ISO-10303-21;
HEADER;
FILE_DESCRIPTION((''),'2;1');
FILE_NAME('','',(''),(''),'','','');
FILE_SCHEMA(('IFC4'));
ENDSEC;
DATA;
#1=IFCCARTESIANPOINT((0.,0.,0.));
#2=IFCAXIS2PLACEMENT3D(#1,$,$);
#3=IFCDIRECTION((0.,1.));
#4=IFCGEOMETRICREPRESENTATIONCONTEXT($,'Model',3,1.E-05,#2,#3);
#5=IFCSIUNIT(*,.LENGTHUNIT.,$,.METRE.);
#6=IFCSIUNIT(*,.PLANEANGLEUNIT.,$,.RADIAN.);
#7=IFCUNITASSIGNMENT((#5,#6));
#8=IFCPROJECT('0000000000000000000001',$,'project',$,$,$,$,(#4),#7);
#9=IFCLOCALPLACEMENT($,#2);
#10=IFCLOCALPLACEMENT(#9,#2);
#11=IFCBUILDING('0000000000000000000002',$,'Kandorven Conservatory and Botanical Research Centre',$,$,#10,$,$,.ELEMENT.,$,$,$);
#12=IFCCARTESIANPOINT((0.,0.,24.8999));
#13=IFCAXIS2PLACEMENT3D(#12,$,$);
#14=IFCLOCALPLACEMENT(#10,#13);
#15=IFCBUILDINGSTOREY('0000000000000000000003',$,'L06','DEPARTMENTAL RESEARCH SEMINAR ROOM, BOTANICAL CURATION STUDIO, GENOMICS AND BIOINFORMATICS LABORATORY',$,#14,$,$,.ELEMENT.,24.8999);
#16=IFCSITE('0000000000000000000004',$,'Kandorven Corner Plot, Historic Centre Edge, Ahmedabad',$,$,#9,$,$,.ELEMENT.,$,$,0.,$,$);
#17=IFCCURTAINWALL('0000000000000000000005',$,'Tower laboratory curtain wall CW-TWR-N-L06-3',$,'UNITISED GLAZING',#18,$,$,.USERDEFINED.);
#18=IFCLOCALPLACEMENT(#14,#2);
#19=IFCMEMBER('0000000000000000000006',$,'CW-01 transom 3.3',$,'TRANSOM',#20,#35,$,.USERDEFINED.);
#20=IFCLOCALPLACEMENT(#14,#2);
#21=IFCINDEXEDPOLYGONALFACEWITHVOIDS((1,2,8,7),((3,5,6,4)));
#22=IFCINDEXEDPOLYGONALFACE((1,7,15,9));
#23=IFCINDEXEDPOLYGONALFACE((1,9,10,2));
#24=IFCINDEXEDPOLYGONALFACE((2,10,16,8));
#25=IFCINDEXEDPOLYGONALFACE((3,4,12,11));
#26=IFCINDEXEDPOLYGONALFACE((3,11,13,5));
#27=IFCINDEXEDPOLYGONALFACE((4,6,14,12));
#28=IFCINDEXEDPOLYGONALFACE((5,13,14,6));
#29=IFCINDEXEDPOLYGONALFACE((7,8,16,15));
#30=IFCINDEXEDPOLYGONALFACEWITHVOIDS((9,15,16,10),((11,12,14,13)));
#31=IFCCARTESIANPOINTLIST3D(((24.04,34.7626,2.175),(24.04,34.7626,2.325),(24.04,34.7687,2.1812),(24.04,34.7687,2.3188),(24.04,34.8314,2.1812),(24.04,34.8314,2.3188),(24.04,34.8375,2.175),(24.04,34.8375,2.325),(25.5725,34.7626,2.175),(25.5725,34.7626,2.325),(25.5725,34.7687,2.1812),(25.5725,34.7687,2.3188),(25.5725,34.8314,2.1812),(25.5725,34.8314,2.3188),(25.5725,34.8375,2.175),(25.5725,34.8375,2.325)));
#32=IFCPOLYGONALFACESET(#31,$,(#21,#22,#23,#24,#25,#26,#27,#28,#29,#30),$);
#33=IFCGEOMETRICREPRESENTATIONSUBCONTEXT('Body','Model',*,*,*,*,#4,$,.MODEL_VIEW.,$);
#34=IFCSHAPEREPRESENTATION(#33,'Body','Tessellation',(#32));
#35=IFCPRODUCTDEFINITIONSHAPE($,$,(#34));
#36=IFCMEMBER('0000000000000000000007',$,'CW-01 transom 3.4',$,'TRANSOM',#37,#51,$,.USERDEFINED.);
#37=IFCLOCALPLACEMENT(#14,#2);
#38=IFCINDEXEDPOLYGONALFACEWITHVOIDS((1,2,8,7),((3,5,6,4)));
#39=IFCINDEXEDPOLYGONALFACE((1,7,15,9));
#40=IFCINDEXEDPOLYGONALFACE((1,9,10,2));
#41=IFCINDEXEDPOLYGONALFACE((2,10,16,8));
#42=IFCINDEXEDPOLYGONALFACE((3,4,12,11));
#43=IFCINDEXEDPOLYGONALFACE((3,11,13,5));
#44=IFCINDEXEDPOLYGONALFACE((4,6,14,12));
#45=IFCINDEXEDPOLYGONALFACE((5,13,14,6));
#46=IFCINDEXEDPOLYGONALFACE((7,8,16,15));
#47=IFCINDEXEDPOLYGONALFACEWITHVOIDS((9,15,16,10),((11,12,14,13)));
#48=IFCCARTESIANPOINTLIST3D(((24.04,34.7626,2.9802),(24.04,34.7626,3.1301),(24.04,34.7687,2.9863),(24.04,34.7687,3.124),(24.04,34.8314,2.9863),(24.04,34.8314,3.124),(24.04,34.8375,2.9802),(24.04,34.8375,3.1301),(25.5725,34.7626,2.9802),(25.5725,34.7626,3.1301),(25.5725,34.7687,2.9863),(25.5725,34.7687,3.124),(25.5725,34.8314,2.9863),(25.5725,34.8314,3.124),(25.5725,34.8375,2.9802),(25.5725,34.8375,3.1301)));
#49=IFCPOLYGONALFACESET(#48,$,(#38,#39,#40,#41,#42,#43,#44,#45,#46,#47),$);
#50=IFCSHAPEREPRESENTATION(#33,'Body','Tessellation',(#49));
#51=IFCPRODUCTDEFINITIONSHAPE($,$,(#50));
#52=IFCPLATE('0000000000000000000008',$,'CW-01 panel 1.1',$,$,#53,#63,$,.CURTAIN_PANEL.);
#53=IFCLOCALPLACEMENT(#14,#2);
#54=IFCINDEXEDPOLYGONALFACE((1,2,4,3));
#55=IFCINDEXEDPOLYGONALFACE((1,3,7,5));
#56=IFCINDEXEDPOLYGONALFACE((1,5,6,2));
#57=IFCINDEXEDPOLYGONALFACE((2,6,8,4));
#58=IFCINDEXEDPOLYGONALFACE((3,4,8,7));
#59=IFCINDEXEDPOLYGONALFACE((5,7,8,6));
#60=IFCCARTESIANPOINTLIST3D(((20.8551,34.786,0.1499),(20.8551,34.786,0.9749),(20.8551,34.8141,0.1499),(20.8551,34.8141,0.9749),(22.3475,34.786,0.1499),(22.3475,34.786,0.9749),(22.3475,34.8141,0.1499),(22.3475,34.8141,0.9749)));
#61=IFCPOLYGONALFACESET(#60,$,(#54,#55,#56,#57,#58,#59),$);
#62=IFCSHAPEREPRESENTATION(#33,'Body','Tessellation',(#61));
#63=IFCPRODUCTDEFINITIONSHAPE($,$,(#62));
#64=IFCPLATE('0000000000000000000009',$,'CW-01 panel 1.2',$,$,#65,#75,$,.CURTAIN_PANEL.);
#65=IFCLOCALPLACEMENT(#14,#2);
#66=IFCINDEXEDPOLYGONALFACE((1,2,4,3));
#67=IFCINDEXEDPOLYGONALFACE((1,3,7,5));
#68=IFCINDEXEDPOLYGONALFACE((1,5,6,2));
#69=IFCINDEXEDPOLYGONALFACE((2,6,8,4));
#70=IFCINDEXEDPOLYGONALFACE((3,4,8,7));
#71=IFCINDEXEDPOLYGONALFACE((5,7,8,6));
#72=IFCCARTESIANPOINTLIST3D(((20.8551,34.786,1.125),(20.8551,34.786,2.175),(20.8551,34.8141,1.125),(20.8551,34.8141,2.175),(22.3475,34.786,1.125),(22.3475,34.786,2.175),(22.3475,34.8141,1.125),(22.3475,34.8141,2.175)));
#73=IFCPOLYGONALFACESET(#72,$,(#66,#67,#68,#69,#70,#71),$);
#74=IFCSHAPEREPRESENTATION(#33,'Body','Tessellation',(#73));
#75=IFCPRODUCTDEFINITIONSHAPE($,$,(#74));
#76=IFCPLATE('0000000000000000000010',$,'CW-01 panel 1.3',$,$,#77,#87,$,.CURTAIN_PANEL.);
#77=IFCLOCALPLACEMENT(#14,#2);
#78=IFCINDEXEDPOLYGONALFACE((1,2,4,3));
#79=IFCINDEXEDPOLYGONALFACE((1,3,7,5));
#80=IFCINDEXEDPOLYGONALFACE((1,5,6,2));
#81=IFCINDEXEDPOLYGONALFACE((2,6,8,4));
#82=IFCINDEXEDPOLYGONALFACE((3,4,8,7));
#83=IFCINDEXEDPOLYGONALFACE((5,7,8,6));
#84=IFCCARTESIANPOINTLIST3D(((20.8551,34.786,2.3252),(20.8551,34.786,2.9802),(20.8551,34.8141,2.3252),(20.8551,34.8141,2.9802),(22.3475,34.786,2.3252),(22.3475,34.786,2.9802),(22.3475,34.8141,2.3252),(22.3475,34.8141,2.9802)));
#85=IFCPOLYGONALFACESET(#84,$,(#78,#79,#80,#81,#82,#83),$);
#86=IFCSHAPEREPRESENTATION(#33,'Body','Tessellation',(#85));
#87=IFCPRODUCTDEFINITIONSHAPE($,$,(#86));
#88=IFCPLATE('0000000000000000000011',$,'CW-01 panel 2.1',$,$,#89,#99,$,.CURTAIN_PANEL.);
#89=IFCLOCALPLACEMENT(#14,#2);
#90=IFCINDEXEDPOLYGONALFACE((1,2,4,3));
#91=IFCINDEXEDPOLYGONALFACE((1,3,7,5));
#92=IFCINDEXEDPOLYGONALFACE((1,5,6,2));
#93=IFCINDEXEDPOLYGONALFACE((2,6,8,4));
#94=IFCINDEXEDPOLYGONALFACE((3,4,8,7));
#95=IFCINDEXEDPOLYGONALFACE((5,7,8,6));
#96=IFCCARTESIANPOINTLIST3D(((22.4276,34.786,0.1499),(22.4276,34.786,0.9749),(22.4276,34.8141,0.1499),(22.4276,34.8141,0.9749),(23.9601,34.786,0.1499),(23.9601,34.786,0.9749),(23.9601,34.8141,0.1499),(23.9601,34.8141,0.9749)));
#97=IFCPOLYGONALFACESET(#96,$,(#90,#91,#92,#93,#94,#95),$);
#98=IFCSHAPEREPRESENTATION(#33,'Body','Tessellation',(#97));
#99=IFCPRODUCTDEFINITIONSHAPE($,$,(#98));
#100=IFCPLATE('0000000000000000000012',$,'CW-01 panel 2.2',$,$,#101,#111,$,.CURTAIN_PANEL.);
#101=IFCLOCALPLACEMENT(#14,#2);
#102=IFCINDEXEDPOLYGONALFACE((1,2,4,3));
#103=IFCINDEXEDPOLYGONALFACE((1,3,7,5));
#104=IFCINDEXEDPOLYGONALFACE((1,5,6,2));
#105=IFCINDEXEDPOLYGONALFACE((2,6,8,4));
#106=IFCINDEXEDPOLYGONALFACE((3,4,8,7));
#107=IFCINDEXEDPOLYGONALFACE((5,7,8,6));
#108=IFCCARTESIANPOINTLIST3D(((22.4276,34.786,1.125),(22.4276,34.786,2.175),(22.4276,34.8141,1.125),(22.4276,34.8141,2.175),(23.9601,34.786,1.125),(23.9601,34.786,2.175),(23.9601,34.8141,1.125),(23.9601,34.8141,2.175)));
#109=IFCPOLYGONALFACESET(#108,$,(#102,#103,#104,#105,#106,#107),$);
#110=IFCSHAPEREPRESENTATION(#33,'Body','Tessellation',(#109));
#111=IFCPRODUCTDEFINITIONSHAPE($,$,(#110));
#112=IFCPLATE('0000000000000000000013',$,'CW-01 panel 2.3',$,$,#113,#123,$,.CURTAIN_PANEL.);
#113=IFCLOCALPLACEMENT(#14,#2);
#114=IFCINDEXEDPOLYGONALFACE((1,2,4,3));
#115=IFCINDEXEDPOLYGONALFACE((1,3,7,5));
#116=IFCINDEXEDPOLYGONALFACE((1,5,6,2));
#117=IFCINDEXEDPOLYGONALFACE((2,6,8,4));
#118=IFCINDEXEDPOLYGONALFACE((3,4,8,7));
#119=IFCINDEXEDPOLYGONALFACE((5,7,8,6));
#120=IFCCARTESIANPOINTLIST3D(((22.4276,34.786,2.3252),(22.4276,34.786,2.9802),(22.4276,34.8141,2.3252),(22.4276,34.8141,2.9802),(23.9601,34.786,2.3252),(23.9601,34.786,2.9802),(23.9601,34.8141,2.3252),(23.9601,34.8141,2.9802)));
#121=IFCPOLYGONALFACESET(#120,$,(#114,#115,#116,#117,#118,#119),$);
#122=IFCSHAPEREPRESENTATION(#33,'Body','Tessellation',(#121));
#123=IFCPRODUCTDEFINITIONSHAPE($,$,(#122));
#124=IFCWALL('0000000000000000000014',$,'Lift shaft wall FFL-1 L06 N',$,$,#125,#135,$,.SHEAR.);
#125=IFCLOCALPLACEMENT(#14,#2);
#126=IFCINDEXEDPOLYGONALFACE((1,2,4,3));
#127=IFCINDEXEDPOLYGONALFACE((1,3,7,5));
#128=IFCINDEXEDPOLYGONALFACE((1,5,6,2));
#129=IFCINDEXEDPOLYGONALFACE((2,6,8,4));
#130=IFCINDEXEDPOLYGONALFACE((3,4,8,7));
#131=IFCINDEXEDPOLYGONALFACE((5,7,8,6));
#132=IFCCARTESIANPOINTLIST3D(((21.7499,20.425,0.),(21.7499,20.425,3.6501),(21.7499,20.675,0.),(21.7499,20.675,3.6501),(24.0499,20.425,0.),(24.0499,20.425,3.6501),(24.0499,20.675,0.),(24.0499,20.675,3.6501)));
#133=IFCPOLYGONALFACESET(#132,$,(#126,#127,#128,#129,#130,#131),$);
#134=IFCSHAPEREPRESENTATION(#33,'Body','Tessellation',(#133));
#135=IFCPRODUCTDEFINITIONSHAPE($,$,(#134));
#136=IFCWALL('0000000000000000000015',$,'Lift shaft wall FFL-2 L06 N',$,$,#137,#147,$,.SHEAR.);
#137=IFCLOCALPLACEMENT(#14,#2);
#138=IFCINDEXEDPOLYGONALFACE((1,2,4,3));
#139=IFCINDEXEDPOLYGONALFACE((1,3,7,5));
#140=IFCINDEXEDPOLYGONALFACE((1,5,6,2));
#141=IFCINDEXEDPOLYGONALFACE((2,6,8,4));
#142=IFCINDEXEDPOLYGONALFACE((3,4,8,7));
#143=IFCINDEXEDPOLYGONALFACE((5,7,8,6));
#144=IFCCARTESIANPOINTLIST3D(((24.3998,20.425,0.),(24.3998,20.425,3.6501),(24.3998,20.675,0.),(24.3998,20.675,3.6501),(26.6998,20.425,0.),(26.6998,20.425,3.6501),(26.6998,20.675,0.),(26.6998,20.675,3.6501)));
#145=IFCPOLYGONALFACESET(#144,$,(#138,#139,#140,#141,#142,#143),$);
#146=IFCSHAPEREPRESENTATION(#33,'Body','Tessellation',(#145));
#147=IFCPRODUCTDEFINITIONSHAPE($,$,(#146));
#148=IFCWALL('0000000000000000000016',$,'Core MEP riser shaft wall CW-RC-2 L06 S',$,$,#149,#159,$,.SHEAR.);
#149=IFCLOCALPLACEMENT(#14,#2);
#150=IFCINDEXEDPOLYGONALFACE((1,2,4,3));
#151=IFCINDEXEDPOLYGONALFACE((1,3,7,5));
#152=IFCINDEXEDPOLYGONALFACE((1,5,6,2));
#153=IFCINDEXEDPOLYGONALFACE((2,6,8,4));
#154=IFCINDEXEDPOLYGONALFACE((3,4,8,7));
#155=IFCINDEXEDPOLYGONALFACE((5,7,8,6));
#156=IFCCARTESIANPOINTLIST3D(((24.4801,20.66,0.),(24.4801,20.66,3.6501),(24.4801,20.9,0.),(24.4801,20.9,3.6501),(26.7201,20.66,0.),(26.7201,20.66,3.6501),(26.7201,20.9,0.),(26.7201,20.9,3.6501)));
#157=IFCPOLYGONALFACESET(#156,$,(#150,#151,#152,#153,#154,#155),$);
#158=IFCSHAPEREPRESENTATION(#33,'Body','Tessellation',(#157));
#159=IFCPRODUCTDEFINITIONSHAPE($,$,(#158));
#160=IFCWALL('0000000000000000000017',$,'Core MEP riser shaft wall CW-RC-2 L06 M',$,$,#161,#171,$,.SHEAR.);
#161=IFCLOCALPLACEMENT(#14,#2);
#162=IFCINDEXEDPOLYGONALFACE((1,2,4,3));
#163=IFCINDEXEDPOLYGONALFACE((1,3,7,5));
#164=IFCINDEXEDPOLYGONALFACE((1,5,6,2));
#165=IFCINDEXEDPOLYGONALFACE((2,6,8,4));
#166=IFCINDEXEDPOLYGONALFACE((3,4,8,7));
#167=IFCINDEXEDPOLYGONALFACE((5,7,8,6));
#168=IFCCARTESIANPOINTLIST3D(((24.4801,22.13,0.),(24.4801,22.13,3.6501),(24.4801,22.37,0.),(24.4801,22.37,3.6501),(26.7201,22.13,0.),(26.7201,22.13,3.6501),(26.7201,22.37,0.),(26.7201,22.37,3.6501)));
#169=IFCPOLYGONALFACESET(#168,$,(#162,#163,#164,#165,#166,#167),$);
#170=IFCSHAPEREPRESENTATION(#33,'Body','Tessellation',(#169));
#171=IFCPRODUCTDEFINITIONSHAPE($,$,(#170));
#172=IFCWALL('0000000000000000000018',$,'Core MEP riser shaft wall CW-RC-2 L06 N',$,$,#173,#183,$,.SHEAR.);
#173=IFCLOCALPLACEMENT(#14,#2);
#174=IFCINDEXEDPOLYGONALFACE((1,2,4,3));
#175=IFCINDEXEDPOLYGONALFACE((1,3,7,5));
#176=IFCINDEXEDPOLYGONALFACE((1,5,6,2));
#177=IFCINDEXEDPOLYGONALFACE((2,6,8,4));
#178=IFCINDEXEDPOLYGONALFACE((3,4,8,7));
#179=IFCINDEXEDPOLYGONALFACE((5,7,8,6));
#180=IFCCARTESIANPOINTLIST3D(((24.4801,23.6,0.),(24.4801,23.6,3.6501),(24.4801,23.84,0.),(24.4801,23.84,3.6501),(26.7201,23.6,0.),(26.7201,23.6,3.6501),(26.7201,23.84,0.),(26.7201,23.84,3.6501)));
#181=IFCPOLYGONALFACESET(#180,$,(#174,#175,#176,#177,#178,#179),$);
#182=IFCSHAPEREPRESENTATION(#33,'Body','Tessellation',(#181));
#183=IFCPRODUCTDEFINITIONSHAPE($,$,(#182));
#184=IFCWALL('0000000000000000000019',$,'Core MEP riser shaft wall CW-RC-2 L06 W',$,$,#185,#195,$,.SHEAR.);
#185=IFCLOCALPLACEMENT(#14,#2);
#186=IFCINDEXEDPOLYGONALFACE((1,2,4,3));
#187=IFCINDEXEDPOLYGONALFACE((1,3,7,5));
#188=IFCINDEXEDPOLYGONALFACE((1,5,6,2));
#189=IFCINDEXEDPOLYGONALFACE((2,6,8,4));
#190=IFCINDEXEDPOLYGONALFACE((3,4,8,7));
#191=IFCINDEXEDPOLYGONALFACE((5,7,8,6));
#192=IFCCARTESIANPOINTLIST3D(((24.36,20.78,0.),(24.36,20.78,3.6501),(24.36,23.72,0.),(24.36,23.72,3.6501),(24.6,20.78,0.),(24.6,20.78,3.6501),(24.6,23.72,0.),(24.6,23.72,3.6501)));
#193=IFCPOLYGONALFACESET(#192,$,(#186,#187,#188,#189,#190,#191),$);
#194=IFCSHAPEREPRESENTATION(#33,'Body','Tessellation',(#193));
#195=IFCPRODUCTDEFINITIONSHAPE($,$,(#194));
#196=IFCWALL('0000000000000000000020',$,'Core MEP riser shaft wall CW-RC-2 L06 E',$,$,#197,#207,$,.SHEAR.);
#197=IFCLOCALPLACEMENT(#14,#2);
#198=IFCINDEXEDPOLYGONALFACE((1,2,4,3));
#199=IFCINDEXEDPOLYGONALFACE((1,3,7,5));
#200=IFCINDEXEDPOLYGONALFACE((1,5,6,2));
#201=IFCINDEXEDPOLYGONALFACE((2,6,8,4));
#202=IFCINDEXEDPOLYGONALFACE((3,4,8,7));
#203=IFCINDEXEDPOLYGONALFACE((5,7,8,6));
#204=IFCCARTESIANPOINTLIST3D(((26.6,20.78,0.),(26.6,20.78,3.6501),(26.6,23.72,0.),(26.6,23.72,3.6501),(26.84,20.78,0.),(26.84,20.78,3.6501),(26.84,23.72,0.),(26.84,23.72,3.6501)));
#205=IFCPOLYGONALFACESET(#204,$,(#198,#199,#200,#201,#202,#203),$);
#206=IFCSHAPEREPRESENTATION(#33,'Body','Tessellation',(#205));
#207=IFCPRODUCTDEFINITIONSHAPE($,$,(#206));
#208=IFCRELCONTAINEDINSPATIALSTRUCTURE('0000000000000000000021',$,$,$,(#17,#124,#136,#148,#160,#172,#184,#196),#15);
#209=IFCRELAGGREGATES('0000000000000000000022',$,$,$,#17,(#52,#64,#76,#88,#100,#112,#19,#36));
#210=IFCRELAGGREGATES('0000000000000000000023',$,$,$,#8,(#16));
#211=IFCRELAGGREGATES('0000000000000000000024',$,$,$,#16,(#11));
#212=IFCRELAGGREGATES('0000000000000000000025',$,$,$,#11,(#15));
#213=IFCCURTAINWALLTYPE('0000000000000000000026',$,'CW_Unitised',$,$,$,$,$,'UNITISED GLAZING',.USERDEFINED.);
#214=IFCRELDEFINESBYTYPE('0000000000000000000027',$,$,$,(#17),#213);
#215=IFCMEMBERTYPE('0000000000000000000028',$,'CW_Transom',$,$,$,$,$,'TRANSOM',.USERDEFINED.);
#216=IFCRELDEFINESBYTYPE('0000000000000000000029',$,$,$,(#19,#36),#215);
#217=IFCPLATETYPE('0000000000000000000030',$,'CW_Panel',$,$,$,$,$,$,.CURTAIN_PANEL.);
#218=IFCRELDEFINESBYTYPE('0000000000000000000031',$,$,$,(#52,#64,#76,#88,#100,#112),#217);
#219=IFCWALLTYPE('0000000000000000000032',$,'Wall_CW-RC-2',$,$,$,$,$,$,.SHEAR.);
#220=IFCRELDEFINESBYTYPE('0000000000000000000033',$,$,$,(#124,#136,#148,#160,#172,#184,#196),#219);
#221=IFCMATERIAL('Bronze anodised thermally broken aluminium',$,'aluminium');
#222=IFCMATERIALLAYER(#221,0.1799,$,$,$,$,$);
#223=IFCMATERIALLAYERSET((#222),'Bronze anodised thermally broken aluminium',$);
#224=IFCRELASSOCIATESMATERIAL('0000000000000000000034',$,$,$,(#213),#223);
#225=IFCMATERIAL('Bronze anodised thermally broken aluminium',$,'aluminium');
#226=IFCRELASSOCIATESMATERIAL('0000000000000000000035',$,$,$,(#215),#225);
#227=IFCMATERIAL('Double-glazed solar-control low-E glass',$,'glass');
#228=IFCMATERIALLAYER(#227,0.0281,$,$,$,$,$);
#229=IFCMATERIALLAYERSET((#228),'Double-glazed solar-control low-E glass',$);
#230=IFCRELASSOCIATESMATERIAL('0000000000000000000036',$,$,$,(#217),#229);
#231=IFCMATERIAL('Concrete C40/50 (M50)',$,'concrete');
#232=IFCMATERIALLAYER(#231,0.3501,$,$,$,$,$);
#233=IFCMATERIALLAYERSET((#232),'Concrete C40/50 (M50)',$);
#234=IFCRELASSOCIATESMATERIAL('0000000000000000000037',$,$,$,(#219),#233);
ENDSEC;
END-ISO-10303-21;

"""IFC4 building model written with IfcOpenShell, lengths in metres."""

from ifc_helpers import new_model, si_unit, direction, frame, frame_2d, origin, origin_2d, place, context, subcontext, project, spatial, rectangle, hollow_rectangle, extrude, material, layer, layer_set, material_profile, profile_set, type_object, element, aggregate, save


model = new_model("IFC4")

# Units and contexts
model_context = context("Model", 3, precision=1e-05, world=origin(), true_north=direction((0.0, 1.0)))
body_context = subcontext(model_context, "Body", "Model", "MODEL_VIEW")
ifc_project = project(units=[si_unit("LENGTHUNIT", "METRE"), si_unit("PLANEANGLEUNIT", "RADIAN")], contexts=[model_context])

# Site, building, storey
site_placement = place(None, origin())
site = spatial("IfcSite", under=ifc_project, at=site_placement, Name="Kandorven Corner Plot, Historic Centre Edge, Ahmedabad", CompositionType="ELEMENT", RefElevation=0.0)
building_placement = place(site_placement, origin())
building = spatial("IfcBuilding", under=site, at=building_placement, Name="Kandorven Conservatory and Botanical Research Centre", CompositionType="ELEMENT")
storey_placement = place(building_placement, frame((0.0, 0.0, 24.8999)))
storey = spatial("IfcBuildingStorey", under=building, at=storey_placement, Name="L06", Description="DEPARTMENTAL RESEARCH SEMINAR ROOM, BOTANICAL CURATION STUDIO, GENOMICS AND BIOINFORMATICS LABORATORY", CompositionType="ELEMENT", Elevation=24.8999)

# Curtain wall, members, plates
ifc_material_1 = material(Name="Bronze anodised thermally broken aluminium", Category="aluminium")
ifc_layer_1 = layer(ifc_material_1, 0.1799)
ifc_layer_set_1 = layer_set([ifc_layer_1], Name="Bronze anodised thermally broken aluminium")
curtain_wall_type = type_object("IfcCurtainWallType", Name="CW_Unitised", ElementType="UNITISED GLAZING", PredefinedType="USERDEFINED", material=ifc_layer_set_1)
curtain_wall_placement = place(storey_placement, origin())
curtain_wall = element("IfcCurtainWall", 1, at=curtain_wall_placement, inside=storey, type_object=curtain_wall_type, Name="Tower laboratory curtain wall CW-TWR-N-L06-3", ObjectType="UNITISED GLAZING", PredefinedType="USERDEFINED")
ifc_material_2 = material(Name="Bronze anodised thermally broken aluminium", Category="aluminium")
ifc_material_profile_1 = material_profile(ifc_material_2, hollow_rectangle(XDim=0.075, YDim=0.1499, WallThickness=0.0061, at=origin_2d()))
ifc_profile_set_1 = profile_set([ifc_material_profile_1], Name="Bronze anodised thermally broken aluminium")
member_type_1 = type_object("IfcMemberType", Name="CW_Transom", ElementType="TRANSOM", PredefinedType="USERDEFINED", material=ifc_profile_set_1)
member_1_placement = place(storey_placement, frame((24.04, 34.8, 2.25), z_axis=(1.0, 0.0, 0.0), x_axis=(0.0, 1.0, 0.0)))
member_1 = element("IfcMember", 2, at=member_1_placement, type_object=member_type_1, Name="CW-01 transom 3.3", ObjectType="TRANSOM", PredefinedType="USERDEFINED", context=body_context, shape_type="SweptSolid", body=[
    extrude(hollow_rectangle(XDim=0.075, YDim=0.1499, WallThickness=0.0061, at=origin_2d()), origin(), (0.0, 0.0, 1.0), 1.5325),
])
member_2_placement = place(storey_placement, frame((24.04, 34.8, 3.0552), z_axis=(1.0, 0.0, 0.0), x_axis=(0.0, 1.0, 0.0)))
member_2 = element("IfcMember", 3, at=member_2_placement, type_object=member_type_1, Name="CW-01 transom 3.4", ObjectType="TRANSOM", PredefinedType="USERDEFINED", context=body_context, shape_type="SweptSolid", body=[
    extrude(hollow_rectangle(XDim=0.075, YDim=0.1499, WallThickness=0.0061, at=origin_2d()), origin(), (0.0, 0.0, 1.0), 1.5325),
])
ifc_material_3 = material(Name="Double-glazed solar-control low-E glass", Category="glass")
ifc_layer_2 = layer(ifc_material_3, 0.0281)
ifc_layer_set_2 = layer_set([ifc_layer_2], Name="Double-glazed solar-control low-E glass")
plate_type = type_object("IfcPlateType", Name="CW_Panel", PredefinedType="CURTAIN_PANEL", material=ifc_layer_set_2)
plate_1_placement = place(storey_placement, frame((21.6013, 34.8, 0.1499), z_axis=(0.0, 0.0, 1.0), x_axis=(1.0, 0.0, 0.0)))
plate_1 = element("IfcPlate", 4, at=plate_1_placement, type_object=plate_type, Name="CW-01 panel 1.1", PredefinedType="CURTAIN_PANEL", context=body_context, shape_type="SweptSolid", body=[
    extrude(rectangle(XDim=1.4924, YDim=0.0281, at=origin_2d()), origin(), (0.0, 0.0, 1.0), 0.825),
])
plate_2_placement = place(storey_placement, frame((21.6013, 34.8, 1.125), z_axis=(0.0, 0.0, 1.0), x_axis=(1.0, 0.0, 0.0)))
plate_2 = element("IfcPlate", 5, at=plate_2_placement, type_object=plate_type, Name="CW-01 panel 1.2", PredefinedType="CURTAIN_PANEL", context=body_context, shape_type="SweptSolid", body=[
    extrude(rectangle(XDim=1.4924, YDim=0.0281, at=origin_2d()), origin(), (0.0, 0.0, 1.0), 1.05),
])
plate_3_placement = place(storey_placement, frame((21.6013, 34.8, 2.3252), z_axis=(0.0, 0.0, 1.0), x_axis=(1.0, 0.0, 0.0)))
plate_3 = element("IfcPlate", 6, at=plate_3_placement, type_object=plate_type, Name="CW-01 panel 1.3", PredefinedType="CURTAIN_PANEL", context=body_context, shape_type="SweptSolid", body=[
    extrude(rectangle(XDim=1.4924, YDim=0.0281, at=origin_2d()), origin(), (0.0, 0.0, 1.0), 0.655),
])
plate_4_placement = place(storey_placement, frame((23.1938, 34.8, 0.1499), z_axis=(0.0, 0.0, 1.0), x_axis=(1.0, 0.0, 0.0)))
plate_4 = element("IfcPlate", 7, at=plate_4_placement, type_object=plate_type, Name="CW-01 panel 2.1", PredefinedType="CURTAIN_PANEL", context=body_context, shape_type="SweptSolid", body=[
    extrude(rectangle(XDim=1.5325, YDim=0.0281, at=origin_2d()), origin(), (0.0, 0.0, 1.0), 0.825),
])
plate_5_placement = place(storey_placement, frame((23.1938, 34.8, 1.125), z_axis=(0.0, 0.0, 1.0), x_axis=(1.0, 0.0, 0.0)))
plate_5 = element("IfcPlate", 8, at=plate_5_placement, type_object=plate_type, Name="CW-01 panel 2.2", PredefinedType="CURTAIN_PANEL", context=body_context, shape_type="SweptSolid", body=[
    extrude(rectangle(XDim=1.5325, YDim=0.0281, at=origin_2d()), origin(), (0.0, 0.0, 1.0), 1.05),
])
plate_6_placement = place(storey_placement, frame((23.1938, 34.8, 2.3252), z_axis=(0.0, 0.0, 1.0), x_axis=(1.0, 0.0, 0.0)))
plate_6 = element("IfcPlate", 9, at=plate_6_placement, type_object=plate_type, Name="CW-01 panel 2.3", PredefinedType="CURTAIN_PANEL", context=body_context, shape_type="SweptSolid", body=[
    extrude(rectangle(XDim=1.5325, YDim=0.0281, at=origin_2d()), origin(), (0.0, 0.0, 1.0), 0.655),
])
aggregate(curtain_wall, [plate_1, plate_2, plate_3, plate_4, plate_5, plate_6, member_1, member_2])

# Walls
ifc_material_4 = material(Name="Concrete C40/50 (M50)", Category="concrete")
ifc_layer_3 = layer(ifc_material_4, 0.3501)
ifc_layer_set_3 = layer_set([ifc_layer_3], Name="Concrete C40/50 (M50)")
wall_type_1 = type_object("IfcWallType", Name="Wall_CW-RC-2", PredefinedType="SHEAR", material=ifc_layer_set_3)
for number, where, z_axis, x_axis, name in (
    (10, (21.75, 20.55, 0.0), (0.0, 0.0, 1.0), (1.0, 0.0, 0.0), "Lift shaft wall FFL-1 L06 N"),
    (11, (24.3999, 20.55, 0.0), (0.0, 0.0, 1.0), (1.0, 0.0, 0.0), "Lift shaft wall FFL-2 L06 N"),
):
    element("IfcWall", number, at=place(storey_placement, frame(where, z_axis=z_axis, x_axis=x_axis)), inside=storey, type_object=wall_type_1, Name=name, PredefinedType="SHEAR", context=body_context, shape_type="SweptSolid", body=[
        extrude(rectangle(XDim=2.3, YDim=0.25, at=frame_2d((1.1499, 0.0))), origin(), (0.0, 0.0, 1.0), 3.6501),
    ])
for number, where, z_axis, x_axis, name in (
    (12, (24.48, 20.78, 0.0), (0.0, 0.0, 1.0), (1.0, 0.0, 0.0), "Core MEP riser shaft wall CW-RC-2 L06 S"),
    (13, (24.48, 22.25, 0.0), (0.0, 0.0, 1.0), (1.0, 0.0, 0.0), "Core MEP riser shaft wall CW-RC-2 L06 M"),
    (14, (24.48, 23.72, 0.0), (0.0, 0.0, 1.0), (1.0, 0.0, 0.0), "Core MEP riser shaft wall CW-RC-2 L06 N"),
):
    element("IfcWall", number, at=place(storey_placement, frame(where, z_axis=z_axis, x_axis=x_axis)), inside=storey, type_object=wall_type_1, Name=name, PredefinedType="SHEAR", context=body_context, shape_type="SweptSolid", body=[
        extrude(rectangle(XDim=2.24, YDim=0.24, at=frame_2d((1.1201, 0.0))), origin(), (0.0, 0.0, 1.0), 3.6501),
    ])
for number, where, z_axis, x_axis, name in (
    (15, (24.48, 20.78, 0.0), (0.0, 0.0, 1.0), (0.0, 1.0, 0.0), "Core MEP riser shaft wall CW-RC-2 L06 W"),
    (16, (26.72, 20.78, 0.0), (0.0, 0.0, 1.0), (0.0, 1.0, 0.0), "Core MEP riser shaft wall CW-RC-2 L06 E"),
):
    element("IfcWall", number, at=place(storey_placement, frame(where, z_axis=z_axis, x_axis=x_axis)), inside=storey, type_object=wall_type_1, Name=name, PredefinedType="SHEAR", context=body_context, shape_type="SweptSolid", body=[
        extrude(rectangle(XDim=2.9399, YDim=0.24, at=frame_2d((1.47, 0.0))), origin(), (0.0, 0.0, 1.0), 3.6501),
    ])

save(model, "model.ifc")
